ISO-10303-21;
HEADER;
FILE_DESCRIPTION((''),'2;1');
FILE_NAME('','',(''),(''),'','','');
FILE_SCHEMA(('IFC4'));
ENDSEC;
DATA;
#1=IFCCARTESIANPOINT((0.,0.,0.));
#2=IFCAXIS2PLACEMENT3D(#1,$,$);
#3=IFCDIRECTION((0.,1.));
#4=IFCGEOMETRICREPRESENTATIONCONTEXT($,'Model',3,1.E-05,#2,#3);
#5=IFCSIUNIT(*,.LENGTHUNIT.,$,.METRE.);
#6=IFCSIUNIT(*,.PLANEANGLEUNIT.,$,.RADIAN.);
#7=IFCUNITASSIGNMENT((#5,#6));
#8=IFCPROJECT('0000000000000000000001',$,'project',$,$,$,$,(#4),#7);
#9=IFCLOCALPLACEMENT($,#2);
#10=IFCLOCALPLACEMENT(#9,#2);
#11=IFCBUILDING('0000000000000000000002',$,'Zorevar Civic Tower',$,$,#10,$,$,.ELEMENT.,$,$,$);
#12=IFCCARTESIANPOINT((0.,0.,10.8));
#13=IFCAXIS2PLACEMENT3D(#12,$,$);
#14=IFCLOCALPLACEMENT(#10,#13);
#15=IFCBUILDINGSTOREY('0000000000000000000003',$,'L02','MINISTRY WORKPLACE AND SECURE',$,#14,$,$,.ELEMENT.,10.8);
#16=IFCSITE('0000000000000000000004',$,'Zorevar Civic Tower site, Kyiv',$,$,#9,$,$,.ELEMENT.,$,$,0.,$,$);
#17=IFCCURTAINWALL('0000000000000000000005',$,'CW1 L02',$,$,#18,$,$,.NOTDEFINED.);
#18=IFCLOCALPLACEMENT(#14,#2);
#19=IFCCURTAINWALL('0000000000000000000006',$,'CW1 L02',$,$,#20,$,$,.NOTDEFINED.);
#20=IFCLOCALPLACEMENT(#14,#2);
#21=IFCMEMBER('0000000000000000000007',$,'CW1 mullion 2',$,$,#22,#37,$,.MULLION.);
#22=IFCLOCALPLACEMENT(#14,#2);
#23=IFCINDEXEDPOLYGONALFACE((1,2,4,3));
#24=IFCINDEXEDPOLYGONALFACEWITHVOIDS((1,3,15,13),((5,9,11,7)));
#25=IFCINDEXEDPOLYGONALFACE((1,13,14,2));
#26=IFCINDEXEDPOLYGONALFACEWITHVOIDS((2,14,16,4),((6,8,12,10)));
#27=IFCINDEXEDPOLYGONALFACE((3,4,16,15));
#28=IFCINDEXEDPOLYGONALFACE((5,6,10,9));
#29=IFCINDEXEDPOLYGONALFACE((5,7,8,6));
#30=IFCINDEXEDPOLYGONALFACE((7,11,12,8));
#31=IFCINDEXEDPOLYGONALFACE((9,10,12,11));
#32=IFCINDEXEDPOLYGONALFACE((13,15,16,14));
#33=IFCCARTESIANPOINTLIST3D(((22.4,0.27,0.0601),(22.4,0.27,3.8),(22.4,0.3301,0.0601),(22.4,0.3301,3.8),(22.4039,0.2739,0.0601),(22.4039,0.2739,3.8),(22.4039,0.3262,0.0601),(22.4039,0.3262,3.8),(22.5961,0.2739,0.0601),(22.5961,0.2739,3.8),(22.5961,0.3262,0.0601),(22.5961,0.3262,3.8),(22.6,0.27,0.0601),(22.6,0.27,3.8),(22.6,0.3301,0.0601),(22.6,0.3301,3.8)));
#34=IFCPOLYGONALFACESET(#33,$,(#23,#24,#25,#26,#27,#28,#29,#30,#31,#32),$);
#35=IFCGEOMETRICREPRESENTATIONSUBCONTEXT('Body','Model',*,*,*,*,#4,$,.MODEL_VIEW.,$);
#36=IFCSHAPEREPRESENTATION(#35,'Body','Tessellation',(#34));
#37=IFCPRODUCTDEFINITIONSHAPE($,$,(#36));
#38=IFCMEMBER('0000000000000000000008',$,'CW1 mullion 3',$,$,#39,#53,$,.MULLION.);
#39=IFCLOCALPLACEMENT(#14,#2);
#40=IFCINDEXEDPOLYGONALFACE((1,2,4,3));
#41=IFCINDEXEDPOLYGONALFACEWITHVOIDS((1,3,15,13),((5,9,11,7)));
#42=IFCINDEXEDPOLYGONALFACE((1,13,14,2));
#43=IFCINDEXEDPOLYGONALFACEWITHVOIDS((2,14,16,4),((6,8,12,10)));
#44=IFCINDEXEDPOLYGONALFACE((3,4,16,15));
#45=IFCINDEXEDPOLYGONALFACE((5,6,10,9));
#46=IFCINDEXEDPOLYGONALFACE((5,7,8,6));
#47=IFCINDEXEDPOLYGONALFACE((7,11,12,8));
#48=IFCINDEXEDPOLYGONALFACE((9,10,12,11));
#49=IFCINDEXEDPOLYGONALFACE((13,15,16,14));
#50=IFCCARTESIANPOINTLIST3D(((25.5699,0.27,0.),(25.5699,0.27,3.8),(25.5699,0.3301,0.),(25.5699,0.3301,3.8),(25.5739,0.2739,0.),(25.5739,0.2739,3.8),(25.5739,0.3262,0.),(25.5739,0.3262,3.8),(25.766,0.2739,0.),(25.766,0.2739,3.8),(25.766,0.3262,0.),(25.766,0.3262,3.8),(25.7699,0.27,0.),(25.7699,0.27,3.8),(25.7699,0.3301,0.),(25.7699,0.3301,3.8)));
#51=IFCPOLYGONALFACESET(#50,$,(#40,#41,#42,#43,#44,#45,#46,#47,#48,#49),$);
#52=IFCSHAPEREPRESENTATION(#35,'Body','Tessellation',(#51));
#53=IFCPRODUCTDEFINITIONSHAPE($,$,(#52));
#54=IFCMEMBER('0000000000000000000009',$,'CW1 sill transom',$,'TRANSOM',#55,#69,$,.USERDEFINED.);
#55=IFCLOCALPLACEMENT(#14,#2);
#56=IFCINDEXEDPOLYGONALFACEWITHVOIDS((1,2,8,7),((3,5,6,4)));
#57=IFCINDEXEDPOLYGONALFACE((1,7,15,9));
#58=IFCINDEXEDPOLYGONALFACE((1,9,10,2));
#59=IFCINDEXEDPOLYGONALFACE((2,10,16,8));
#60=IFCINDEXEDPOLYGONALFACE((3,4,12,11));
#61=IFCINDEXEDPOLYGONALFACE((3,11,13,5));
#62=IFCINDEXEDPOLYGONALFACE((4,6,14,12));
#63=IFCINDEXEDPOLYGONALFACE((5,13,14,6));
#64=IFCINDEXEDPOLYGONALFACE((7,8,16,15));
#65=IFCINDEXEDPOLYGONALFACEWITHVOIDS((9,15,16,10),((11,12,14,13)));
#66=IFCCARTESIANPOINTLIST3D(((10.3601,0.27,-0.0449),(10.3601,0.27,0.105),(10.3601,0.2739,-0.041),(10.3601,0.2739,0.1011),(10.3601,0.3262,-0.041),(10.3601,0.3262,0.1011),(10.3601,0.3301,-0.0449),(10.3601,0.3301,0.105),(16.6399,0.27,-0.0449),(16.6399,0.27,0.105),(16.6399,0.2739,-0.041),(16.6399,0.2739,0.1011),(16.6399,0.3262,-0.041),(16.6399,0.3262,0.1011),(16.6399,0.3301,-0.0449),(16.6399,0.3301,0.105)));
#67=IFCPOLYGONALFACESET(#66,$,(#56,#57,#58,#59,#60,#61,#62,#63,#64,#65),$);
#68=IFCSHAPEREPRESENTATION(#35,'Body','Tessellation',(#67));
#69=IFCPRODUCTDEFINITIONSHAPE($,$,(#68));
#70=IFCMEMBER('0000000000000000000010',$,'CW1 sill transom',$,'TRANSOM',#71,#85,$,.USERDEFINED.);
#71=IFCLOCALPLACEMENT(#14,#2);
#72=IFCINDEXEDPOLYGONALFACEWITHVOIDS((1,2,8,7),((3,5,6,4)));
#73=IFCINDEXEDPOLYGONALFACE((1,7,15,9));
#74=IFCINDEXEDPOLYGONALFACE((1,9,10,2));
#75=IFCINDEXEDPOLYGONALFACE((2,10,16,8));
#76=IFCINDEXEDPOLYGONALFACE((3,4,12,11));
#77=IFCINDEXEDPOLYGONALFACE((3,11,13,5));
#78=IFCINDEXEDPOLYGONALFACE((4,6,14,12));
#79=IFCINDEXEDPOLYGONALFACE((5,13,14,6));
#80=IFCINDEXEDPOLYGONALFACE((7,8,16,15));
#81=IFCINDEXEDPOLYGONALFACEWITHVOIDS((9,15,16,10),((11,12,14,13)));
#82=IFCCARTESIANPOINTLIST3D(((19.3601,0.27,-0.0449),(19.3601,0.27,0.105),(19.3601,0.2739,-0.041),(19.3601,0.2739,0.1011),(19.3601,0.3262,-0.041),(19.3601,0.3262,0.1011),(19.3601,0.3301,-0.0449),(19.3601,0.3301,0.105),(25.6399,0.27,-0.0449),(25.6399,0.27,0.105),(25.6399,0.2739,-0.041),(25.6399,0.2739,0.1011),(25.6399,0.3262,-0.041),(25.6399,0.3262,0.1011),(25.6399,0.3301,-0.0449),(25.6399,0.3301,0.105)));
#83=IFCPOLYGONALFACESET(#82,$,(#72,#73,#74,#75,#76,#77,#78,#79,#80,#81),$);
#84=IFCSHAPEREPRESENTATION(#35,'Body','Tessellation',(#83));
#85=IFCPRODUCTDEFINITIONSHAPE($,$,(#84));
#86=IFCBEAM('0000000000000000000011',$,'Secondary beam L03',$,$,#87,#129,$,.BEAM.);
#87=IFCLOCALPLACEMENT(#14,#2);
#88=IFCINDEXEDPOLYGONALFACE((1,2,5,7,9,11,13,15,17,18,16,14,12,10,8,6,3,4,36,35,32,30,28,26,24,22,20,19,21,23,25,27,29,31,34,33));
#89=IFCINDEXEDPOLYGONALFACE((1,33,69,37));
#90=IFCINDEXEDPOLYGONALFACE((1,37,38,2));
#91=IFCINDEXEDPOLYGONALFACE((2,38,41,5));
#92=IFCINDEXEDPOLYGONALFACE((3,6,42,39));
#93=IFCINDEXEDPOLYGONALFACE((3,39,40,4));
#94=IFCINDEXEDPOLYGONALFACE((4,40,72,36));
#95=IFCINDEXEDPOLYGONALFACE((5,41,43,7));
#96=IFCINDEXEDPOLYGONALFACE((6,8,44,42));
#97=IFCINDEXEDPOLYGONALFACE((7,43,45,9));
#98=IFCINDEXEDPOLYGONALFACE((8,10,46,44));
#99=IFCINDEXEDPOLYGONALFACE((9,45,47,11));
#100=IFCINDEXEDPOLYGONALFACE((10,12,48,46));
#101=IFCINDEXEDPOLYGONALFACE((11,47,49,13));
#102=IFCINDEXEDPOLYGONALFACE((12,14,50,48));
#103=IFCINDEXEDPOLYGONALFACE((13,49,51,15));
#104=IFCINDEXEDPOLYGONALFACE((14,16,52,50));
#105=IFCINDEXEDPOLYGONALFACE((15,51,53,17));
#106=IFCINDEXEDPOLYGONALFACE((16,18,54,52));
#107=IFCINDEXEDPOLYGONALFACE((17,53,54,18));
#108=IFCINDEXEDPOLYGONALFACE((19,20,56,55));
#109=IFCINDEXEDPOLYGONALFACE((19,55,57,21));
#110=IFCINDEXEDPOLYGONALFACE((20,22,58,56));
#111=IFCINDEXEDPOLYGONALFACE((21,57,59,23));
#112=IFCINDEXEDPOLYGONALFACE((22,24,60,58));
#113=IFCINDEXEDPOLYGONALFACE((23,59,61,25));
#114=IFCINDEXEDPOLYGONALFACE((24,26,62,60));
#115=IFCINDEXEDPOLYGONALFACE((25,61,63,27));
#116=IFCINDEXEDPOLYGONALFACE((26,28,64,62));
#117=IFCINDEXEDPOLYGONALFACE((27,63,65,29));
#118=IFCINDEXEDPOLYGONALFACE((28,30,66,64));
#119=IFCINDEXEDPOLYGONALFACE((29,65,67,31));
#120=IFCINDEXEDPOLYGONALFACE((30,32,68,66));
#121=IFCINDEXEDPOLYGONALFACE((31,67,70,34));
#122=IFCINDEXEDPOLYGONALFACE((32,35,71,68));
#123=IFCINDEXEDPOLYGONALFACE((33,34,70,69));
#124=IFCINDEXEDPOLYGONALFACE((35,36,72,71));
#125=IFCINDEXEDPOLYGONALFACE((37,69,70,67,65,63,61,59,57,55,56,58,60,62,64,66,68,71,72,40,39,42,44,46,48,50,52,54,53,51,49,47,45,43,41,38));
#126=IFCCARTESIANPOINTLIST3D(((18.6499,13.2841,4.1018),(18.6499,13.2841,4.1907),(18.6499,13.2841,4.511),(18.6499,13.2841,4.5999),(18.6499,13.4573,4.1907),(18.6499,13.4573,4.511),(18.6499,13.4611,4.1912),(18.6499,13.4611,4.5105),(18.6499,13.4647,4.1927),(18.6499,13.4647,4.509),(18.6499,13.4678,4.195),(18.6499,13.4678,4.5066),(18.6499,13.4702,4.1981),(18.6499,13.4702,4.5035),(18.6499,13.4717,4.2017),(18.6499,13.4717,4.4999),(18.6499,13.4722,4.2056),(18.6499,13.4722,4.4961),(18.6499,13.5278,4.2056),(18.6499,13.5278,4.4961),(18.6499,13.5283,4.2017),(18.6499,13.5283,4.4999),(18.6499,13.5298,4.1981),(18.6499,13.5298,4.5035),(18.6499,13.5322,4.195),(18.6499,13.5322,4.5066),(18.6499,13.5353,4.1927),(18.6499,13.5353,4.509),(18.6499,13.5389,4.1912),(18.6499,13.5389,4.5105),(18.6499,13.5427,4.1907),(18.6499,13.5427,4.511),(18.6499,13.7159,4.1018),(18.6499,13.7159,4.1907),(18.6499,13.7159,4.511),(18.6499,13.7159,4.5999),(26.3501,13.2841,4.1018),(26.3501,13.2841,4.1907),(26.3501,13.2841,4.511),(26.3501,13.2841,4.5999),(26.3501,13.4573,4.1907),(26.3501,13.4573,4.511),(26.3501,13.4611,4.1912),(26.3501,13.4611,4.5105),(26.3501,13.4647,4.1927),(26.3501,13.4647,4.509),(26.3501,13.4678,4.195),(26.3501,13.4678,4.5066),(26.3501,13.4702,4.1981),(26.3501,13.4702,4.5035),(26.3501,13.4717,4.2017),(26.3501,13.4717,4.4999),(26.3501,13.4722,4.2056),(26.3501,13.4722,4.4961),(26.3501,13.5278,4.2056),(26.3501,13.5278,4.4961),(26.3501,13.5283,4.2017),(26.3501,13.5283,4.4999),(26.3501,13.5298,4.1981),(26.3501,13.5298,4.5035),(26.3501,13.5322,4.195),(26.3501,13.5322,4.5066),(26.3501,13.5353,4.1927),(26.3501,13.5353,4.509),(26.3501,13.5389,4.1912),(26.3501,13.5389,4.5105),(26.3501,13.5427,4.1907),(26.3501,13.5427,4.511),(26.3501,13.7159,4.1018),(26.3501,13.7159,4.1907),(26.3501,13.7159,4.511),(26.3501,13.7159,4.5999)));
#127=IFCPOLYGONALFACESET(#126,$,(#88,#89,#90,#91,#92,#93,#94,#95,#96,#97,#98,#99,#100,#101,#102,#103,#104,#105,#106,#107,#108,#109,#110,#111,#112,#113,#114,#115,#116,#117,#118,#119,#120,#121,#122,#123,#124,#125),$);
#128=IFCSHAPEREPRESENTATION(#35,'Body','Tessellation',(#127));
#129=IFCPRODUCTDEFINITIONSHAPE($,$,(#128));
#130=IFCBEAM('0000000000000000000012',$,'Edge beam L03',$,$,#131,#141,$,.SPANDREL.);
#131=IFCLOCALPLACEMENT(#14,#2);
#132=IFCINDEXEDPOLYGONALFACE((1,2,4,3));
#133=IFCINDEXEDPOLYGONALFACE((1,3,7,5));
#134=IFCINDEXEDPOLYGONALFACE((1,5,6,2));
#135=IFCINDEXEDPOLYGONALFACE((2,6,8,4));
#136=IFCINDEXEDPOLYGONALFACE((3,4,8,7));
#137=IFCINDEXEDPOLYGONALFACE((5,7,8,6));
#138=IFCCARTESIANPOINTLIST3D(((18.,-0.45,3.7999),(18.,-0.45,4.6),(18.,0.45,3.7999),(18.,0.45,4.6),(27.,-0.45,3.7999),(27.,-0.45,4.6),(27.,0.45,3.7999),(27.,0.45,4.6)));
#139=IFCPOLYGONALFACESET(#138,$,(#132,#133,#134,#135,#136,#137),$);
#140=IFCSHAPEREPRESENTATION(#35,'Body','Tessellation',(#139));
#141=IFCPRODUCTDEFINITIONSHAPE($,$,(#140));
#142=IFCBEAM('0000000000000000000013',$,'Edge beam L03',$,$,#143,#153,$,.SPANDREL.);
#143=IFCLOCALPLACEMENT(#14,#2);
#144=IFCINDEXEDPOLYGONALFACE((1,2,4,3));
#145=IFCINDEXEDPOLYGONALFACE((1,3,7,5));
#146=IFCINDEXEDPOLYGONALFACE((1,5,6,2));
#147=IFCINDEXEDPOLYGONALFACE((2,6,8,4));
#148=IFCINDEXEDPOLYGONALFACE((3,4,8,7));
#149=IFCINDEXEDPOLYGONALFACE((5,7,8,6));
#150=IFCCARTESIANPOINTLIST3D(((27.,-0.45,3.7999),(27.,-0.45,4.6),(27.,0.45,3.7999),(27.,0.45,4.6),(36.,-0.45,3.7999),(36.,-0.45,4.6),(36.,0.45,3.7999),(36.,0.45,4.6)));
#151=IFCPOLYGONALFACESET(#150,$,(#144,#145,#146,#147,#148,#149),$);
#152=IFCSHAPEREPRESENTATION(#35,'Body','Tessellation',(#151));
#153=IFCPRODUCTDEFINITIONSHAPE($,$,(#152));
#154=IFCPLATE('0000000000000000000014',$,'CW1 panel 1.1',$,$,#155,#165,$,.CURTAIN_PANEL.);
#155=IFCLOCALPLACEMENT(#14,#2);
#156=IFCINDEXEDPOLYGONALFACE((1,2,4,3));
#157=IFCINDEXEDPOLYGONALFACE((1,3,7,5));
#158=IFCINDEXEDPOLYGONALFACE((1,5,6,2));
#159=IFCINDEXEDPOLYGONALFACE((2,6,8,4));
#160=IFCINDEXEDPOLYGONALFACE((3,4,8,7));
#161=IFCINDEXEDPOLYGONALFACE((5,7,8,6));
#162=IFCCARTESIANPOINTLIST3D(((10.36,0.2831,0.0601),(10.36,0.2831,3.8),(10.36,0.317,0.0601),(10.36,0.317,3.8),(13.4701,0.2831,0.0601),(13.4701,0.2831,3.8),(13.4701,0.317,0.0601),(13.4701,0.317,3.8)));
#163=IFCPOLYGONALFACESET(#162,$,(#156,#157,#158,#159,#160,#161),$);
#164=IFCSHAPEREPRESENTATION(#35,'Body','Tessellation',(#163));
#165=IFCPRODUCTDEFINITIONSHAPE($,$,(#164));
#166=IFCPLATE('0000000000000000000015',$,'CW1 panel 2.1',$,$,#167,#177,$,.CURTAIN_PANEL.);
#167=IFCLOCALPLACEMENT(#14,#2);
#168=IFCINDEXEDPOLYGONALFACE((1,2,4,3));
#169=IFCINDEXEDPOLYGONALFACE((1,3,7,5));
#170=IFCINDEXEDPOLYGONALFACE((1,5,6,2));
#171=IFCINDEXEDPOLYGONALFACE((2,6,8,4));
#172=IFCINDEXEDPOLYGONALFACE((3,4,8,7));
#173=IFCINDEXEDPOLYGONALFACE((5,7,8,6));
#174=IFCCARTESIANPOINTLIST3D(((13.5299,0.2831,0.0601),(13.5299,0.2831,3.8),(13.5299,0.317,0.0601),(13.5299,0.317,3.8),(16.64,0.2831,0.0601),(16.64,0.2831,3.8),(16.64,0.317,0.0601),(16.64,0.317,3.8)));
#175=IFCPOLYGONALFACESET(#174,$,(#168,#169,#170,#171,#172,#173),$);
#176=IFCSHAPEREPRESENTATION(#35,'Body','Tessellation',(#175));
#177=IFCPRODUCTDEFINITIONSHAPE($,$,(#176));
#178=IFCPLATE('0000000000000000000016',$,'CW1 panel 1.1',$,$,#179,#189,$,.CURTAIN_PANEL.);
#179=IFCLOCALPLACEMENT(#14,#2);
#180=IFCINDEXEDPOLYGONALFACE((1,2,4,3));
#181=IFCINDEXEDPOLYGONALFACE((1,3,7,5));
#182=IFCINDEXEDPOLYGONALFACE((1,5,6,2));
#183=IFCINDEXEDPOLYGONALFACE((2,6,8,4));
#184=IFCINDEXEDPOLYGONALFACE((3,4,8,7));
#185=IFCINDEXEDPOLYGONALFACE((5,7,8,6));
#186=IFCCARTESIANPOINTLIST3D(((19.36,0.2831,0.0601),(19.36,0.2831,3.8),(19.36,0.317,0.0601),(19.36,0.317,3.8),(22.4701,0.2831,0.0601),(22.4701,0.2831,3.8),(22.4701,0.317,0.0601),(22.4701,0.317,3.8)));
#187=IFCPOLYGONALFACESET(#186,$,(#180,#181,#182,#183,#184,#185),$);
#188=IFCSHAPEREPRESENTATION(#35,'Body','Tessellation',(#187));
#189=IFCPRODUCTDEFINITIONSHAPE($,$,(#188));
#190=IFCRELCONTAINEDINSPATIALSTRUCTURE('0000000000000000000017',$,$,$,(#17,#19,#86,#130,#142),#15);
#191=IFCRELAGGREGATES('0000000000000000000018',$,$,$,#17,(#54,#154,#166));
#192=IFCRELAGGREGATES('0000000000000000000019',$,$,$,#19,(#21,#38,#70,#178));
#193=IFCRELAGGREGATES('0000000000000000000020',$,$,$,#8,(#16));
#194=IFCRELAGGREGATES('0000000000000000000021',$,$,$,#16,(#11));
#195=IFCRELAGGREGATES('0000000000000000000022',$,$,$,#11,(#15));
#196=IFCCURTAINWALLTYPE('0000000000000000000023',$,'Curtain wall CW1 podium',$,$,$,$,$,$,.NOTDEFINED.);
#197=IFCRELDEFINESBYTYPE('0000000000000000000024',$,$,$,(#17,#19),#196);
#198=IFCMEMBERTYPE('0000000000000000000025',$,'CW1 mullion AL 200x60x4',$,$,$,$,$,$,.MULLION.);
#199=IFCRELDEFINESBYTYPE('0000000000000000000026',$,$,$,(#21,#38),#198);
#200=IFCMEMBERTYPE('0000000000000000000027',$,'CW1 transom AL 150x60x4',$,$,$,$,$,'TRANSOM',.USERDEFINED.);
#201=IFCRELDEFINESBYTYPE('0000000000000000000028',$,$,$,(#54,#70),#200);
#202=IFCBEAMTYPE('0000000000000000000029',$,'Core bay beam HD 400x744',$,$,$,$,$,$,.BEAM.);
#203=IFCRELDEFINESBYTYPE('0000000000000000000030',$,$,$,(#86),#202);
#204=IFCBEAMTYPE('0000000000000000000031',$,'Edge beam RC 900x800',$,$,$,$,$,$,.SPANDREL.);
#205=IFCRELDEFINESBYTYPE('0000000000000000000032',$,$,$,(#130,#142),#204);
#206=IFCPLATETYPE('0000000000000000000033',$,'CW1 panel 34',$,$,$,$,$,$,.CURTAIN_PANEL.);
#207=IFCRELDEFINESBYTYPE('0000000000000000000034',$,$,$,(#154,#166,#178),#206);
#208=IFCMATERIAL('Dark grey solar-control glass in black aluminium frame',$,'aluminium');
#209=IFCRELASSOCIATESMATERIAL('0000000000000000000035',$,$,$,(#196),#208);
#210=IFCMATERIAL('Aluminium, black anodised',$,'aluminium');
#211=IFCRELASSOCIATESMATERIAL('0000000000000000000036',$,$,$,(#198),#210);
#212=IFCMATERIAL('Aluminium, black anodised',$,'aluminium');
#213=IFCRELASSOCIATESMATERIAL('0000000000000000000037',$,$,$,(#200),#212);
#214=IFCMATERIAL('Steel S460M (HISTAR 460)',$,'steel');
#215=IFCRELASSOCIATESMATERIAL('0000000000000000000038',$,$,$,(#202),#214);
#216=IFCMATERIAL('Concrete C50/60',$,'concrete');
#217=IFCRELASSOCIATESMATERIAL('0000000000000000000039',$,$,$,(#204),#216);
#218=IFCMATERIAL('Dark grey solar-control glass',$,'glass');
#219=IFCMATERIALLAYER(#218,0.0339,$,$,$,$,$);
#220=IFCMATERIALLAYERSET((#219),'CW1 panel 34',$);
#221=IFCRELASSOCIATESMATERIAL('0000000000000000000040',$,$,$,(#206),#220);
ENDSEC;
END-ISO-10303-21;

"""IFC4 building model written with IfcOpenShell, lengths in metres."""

from ifc_helpers import new_model, si_unit, direction, frame, origin, origin_2d, place, context, subcontext, project, spatial, rectangle, hollow_rectangle, i_section, extrude, material, layer, layer_set, material_profile, profile_set, type_object, element, aggregate, save


model = new_model("IFC4")

# Units and contexts
model_context = context("Model", 3, precision=1e-05, world=origin(), true_north=direction((0.0, 1.0)))
body_context = subcontext(model_context, "Body", "Model", "MODEL_VIEW")
ifc_project = project(units=[si_unit("LENGTHUNIT", "METRE"), si_unit("PLANEANGLEUNIT", "RADIAN")], contexts=[model_context])

# Site, building, storey
site_placement = place(None, origin())
site = spatial("IfcSite", under=ifc_project, at=site_placement, Name="Zorevar Civic Tower site, Kyiv", CompositionType="ELEMENT", RefElevation=0.0)
building_placement = place(site_placement, origin())
building = spatial("IfcBuilding", under=site, at=building_placement, Name="Zorevar Civic Tower", CompositionType="ELEMENT")
storey_placement = place(building_placement, frame((0.0, 0.0, 10.8)))
storey = spatial("IfcBuildingStorey", under=building, at=storey_placement, Name="L02", Description="MINISTRY WORKPLACE AND SECURE", CompositionType="ELEMENT", Elevation=10.8)

# Curtain walls, members
ifc_material_1 = material(Name="Dark grey solar-control glass in black aluminium frame", Category="aluminium")
curtain_wall_type = type_object("IfcCurtainWallType", Name="Curtain wall CW1 podium", PredefinedType="NOTDEFINED", material=ifc_material_1)
curtain_wall_1_placement = place(storey_placement, origin())
curtain_wall_1 = element("IfcCurtainWall", 1, at=curtain_wall_1_placement, inside=storey, type_object=curtain_wall_type, Name="CW1 L02", PredefinedType="NOTDEFINED")
ifc_material_2 = material(Name="Aluminium, black anodised", Category="aluminium")
ifc_material_profile_1 = material_profile(ifc_material_2, hollow_rectangle(XDim=0.0601, YDim=0.2, WallThickness=0.0039, at=origin_2d()), Name="AL 200x60x4")
ifc_profile_set_1 = profile_set([ifc_material_profile_1], Name="Aluminium, black anodised")
member_type_1 = type_object("IfcMemberType", Name="CW1 mullion AL 200x60x4", PredefinedType="MULLION", material=ifc_profile_set_1)
curtain_wall_2_placement = place(storey_placement, origin())
curtain_wall_2 = element("IfcCurtainWall", 2, at=curtain_wall_2_placement, inside=storey, type_object=curtain_wall_type, Name="CW1 L02", PredefinedType="NOTDEFINED")
member_1_placement = place(storey_placement, frame((22.5, 0.3, 0.0601), z_axis=(0.0, 0.0, 1.0), x_axis=(0.0, 1.0, 0.0)))
member_1 = element("IfcMember", 3, at=member_1_placement, type_object=member_type_1, Name="CW1 mullion 2", PredefinedType="MULLION", context=body_context, shape_type="SweptSolid", body=[
    extrude(hollow_rectangle(XDim=0.0601, YDim=0.2, WallThickness=0.0039, at=origin_2d()), origin(), (0.0, 0.0, 1.0), 3.74),
])
member_2_placement = place(storey_placement, frame((25.6699, 0.3, 0.0), z_axis=(0.0, 0.0, 1.0), x_axis=(0.0, 1.0, 0.0)))
member_2 = element("IfcMember", 4, at=member_2_placement, type_object=member_type_1, Name="CW1 mullion 3", PredefinedType="MULLION", context=body_context, shape_type="SweptSolid", body=[
    extrude(hollow_rectangle(XDim=0.0601, YDim=0.2, WallThickness=0.0039, at=origin_2d()), origin(), (0.0, 0.0, 1.0), 3.8),
])

# Members
ifc_material_3 = material(Name="Aluminium, black anodised", Category="aluminium")
ifc_material_profile_2 = material_profile(ifc_material_3, hollow_rectangle(XDim=0.0601, YDim=0.1499, WallThickness=0.0039, at=origin_2d()), Name="AL 150x60x4")
ifc_profile_set_2 = profile_set([ifc_material_profile_2], Name="Aluminium, black anodised")
member_type_2 = type_object("IfcMemberType", Name="CW1 transom AL 150x60x4", ElementType="TRANSOM", PredefinedType="USERDEFINED", material=ifc_profile_set_2)
member_3_placement = place(storey_placement, frame((10.3601, 0.3, 0.03), z_axis=(1.0, 0.0, 0.0), x_axis=(0.0, 1.0, 0.0)))
member_3 = element("IfcMember", 5, at=member_3_placement, type_object=member_type_2, Name="CW1 sill transom", ObjectType="TRANSOM", PredefinedType="USERDEFINED", context=body_context, shape_type="SweptSolid", body=[
    extrude(hollow_rectangle(XDim=0.0601, YDim=0.1499, WallThickness=0.0039, at=origin_2d()), origin(), (0.0, 0.0, 1.0), 6.2798),
])
member_4_placement = place(storey_placement, frame((19.3601, 0.3, 0.03), z_axis=(1.0, 0.0, 0.0), x_axis=(0.0, 1.0, 0.0)))
member_4 = element("IfcMember", 6, at=member_4_placement, type_object=member_type_2, Name="CW1 sill transom", ObjectType="TRANSOM", PredefinedType="USERDEFINED", context=body_context, shape_type="SweptSolid", body=[
    extrude(hollow_rectangle(XDim=0.0601, YDim=0.1499, WallThickness=0.0039, at=origin_2d()), origin(), (0.0, 0.0, 1.0), 6.2798),
])

# Beams
ifc_material_4 = material(Name="Steel S460M (HISTAR 460)", Category="steel")
ifc_material_profile_3 = material_profile(ifc_material_4, i_section(OverallWidth=0.4319, OverallDepth=0.498, WebThickness=0.0557, FlangeThickness=0.0889, FilletRadius=0.0149, at=origin_2d()), Name="HD 400x744")
ifc_profile_set_3 = profile_set([ifc_material_profile_3], Name="Steel S460M (HISTAR 460)")
beam_type_1 = type_object("IfcBeamType", Name="Core bay beam HD 400x744", PredefinedType="BEAM", material=ifc_profile_set_3)
beam_1_placement = place(storey_placement, frame((18.6499, 13.5, 4.3508), z_axis=(1.0, 0.0, 0.0), x_axis=(0.0, 1.0, 0.0)))
element("IfcBeam", 7, at=beam_1_placement, inside=storey, type_object=beam_type_1, Name="Secondary beam L03", PredefinedType="BEAM", context=body_context, shape_type="SweptSolid", body=[
    extrude(i_section(OverallWidth=0.4319, OverallDepth=0.498, WebThickness=0.0557, FlangeThickness=0.0889, FilletRadius=0.0149, at=origin_2d()), origin(), (0.0, 0.0, 1.0), 7.7002),
])
ifc_material_5 = material(Name="Concrete C50/60", Category="concrete")
ifc_material_profile_4 = material_profile(ifc_material_5, rectangle(XDim=0.8999, YDim=0.8, at=origin_2d()), Name="RC 900x800")
ifc_profile_set_4 = profile_set([ifc_material_profile_4], Name="Concrete C50/60")
beam_type_2 = type_object("IfcBeamType", Name="Edge beam RC 900x800", PredefinedType="SPANDREL", material=ifc_profile_set_4)
for number, where, z_axis, x_axis, name in (
    (8, (18.0, 0.0, 4.2), (1.0, 0.0, 0.0), (0.0, 1.0, 0.0), "Edge beam L03"),
    (9, (27.0, 0.0, 4.2), (1.0, 0.0, 0.0), (0.0, 1.0, 0.0), "Edge beam L03"),
):
    element("IfcBeam", number, at=place(storey_placement, frame(where, z_axis=z_axis, x_axis=x_axis)), inside=storey, type_object=beam_type_2, Name=name, PredefinedType="SPANDREL", context=body_context, shape_type="SweptSolid", body=[
        extrude(rectangle(XDim=0.8999, YDim=0.8, at=origin_2d()), origin(), (0.0, 0.0, 1.0), 9.0),
    ])

# Plates
ifc_material_6 = material(Name="Dark grey solar-control glass", Category="glass")
ifc_layer_1 = layer(ifc_material_6, 0.0339)
ifc_layer_set_1 = layer_set([ifc_layer_1], Name="CW1 panel 34")
plate_type = type_object("IfcPlateType", Name="CW1 panel 34", PredefinedType="CURTAIN_PANEL", material=ifc_layer_set_1)
plate_1_placement = place(storey_placement, frame((11.915, 0.3, 0.0601), z_axis=(0.0, 0.0, 1.0), x_axis=(1.0, 0.0, 0.0)))
plate_1 = element("IfcPlate", 10, at=plate_1_placement, type_object=plate_type, Name="CW1 panel 1.1", PredefinedType="CURTAIN_PANEL", context=body_context, shape_type="SweptSolid", body=[
    extrude(rectangle(XDim=3.1101, YDim=0.0339, at=origin_2d()), origin(), (0.0, 0.0, 1.0), 3.74),
])
plate_2_placement = place(storey_placement, frame((15.085, 0.3, 0.0601), z_axis=(0.0, 0.0, 1.0), x_axis=(1.0, 0.0, 0.0)))
plate_2 = element("IfcPlate", 11, at=plate_2_placement, type_object=plate_type, Name="CW1 panel 2.1", PredefinedType="CURTAIN_PANEL", context=body_context, shape_type="SweptSolid", body=[
    extrude(rectangle(XDim=3.1101, YDim=0.0339, at=origin_2d()), origin(), (0.0, 0.0, 1.0), 3.74),
])
aggregate(curtain_wall_1, [member_3, plate_1, plate_2])
plate_3_placement = place(storey_placement, frame((20.915, 0.3, 0.0601), z_axis=(0.0, 0.0, 1.0), x_axis=(1.0, 0.0, 0.0)))
plate_3 = element("IfcPlate", 12, at=plate_3_placement, type_object=plate_type, Name="CW1 panel 1.1", PredefinedType="CURTAIN_PANEL", context=body_context, shape_type="SweptSolid", body=[
    extrude(rectangle(XDim=3.1101, YDim=0.0339, at=origin_2d()), origin(), (0.0, 0.0, 1.0), 3.74),
])
aggregate(curtain_wall_2, [member_1, member_2, member_4, plate_3])

save(model, "model.ifc")
